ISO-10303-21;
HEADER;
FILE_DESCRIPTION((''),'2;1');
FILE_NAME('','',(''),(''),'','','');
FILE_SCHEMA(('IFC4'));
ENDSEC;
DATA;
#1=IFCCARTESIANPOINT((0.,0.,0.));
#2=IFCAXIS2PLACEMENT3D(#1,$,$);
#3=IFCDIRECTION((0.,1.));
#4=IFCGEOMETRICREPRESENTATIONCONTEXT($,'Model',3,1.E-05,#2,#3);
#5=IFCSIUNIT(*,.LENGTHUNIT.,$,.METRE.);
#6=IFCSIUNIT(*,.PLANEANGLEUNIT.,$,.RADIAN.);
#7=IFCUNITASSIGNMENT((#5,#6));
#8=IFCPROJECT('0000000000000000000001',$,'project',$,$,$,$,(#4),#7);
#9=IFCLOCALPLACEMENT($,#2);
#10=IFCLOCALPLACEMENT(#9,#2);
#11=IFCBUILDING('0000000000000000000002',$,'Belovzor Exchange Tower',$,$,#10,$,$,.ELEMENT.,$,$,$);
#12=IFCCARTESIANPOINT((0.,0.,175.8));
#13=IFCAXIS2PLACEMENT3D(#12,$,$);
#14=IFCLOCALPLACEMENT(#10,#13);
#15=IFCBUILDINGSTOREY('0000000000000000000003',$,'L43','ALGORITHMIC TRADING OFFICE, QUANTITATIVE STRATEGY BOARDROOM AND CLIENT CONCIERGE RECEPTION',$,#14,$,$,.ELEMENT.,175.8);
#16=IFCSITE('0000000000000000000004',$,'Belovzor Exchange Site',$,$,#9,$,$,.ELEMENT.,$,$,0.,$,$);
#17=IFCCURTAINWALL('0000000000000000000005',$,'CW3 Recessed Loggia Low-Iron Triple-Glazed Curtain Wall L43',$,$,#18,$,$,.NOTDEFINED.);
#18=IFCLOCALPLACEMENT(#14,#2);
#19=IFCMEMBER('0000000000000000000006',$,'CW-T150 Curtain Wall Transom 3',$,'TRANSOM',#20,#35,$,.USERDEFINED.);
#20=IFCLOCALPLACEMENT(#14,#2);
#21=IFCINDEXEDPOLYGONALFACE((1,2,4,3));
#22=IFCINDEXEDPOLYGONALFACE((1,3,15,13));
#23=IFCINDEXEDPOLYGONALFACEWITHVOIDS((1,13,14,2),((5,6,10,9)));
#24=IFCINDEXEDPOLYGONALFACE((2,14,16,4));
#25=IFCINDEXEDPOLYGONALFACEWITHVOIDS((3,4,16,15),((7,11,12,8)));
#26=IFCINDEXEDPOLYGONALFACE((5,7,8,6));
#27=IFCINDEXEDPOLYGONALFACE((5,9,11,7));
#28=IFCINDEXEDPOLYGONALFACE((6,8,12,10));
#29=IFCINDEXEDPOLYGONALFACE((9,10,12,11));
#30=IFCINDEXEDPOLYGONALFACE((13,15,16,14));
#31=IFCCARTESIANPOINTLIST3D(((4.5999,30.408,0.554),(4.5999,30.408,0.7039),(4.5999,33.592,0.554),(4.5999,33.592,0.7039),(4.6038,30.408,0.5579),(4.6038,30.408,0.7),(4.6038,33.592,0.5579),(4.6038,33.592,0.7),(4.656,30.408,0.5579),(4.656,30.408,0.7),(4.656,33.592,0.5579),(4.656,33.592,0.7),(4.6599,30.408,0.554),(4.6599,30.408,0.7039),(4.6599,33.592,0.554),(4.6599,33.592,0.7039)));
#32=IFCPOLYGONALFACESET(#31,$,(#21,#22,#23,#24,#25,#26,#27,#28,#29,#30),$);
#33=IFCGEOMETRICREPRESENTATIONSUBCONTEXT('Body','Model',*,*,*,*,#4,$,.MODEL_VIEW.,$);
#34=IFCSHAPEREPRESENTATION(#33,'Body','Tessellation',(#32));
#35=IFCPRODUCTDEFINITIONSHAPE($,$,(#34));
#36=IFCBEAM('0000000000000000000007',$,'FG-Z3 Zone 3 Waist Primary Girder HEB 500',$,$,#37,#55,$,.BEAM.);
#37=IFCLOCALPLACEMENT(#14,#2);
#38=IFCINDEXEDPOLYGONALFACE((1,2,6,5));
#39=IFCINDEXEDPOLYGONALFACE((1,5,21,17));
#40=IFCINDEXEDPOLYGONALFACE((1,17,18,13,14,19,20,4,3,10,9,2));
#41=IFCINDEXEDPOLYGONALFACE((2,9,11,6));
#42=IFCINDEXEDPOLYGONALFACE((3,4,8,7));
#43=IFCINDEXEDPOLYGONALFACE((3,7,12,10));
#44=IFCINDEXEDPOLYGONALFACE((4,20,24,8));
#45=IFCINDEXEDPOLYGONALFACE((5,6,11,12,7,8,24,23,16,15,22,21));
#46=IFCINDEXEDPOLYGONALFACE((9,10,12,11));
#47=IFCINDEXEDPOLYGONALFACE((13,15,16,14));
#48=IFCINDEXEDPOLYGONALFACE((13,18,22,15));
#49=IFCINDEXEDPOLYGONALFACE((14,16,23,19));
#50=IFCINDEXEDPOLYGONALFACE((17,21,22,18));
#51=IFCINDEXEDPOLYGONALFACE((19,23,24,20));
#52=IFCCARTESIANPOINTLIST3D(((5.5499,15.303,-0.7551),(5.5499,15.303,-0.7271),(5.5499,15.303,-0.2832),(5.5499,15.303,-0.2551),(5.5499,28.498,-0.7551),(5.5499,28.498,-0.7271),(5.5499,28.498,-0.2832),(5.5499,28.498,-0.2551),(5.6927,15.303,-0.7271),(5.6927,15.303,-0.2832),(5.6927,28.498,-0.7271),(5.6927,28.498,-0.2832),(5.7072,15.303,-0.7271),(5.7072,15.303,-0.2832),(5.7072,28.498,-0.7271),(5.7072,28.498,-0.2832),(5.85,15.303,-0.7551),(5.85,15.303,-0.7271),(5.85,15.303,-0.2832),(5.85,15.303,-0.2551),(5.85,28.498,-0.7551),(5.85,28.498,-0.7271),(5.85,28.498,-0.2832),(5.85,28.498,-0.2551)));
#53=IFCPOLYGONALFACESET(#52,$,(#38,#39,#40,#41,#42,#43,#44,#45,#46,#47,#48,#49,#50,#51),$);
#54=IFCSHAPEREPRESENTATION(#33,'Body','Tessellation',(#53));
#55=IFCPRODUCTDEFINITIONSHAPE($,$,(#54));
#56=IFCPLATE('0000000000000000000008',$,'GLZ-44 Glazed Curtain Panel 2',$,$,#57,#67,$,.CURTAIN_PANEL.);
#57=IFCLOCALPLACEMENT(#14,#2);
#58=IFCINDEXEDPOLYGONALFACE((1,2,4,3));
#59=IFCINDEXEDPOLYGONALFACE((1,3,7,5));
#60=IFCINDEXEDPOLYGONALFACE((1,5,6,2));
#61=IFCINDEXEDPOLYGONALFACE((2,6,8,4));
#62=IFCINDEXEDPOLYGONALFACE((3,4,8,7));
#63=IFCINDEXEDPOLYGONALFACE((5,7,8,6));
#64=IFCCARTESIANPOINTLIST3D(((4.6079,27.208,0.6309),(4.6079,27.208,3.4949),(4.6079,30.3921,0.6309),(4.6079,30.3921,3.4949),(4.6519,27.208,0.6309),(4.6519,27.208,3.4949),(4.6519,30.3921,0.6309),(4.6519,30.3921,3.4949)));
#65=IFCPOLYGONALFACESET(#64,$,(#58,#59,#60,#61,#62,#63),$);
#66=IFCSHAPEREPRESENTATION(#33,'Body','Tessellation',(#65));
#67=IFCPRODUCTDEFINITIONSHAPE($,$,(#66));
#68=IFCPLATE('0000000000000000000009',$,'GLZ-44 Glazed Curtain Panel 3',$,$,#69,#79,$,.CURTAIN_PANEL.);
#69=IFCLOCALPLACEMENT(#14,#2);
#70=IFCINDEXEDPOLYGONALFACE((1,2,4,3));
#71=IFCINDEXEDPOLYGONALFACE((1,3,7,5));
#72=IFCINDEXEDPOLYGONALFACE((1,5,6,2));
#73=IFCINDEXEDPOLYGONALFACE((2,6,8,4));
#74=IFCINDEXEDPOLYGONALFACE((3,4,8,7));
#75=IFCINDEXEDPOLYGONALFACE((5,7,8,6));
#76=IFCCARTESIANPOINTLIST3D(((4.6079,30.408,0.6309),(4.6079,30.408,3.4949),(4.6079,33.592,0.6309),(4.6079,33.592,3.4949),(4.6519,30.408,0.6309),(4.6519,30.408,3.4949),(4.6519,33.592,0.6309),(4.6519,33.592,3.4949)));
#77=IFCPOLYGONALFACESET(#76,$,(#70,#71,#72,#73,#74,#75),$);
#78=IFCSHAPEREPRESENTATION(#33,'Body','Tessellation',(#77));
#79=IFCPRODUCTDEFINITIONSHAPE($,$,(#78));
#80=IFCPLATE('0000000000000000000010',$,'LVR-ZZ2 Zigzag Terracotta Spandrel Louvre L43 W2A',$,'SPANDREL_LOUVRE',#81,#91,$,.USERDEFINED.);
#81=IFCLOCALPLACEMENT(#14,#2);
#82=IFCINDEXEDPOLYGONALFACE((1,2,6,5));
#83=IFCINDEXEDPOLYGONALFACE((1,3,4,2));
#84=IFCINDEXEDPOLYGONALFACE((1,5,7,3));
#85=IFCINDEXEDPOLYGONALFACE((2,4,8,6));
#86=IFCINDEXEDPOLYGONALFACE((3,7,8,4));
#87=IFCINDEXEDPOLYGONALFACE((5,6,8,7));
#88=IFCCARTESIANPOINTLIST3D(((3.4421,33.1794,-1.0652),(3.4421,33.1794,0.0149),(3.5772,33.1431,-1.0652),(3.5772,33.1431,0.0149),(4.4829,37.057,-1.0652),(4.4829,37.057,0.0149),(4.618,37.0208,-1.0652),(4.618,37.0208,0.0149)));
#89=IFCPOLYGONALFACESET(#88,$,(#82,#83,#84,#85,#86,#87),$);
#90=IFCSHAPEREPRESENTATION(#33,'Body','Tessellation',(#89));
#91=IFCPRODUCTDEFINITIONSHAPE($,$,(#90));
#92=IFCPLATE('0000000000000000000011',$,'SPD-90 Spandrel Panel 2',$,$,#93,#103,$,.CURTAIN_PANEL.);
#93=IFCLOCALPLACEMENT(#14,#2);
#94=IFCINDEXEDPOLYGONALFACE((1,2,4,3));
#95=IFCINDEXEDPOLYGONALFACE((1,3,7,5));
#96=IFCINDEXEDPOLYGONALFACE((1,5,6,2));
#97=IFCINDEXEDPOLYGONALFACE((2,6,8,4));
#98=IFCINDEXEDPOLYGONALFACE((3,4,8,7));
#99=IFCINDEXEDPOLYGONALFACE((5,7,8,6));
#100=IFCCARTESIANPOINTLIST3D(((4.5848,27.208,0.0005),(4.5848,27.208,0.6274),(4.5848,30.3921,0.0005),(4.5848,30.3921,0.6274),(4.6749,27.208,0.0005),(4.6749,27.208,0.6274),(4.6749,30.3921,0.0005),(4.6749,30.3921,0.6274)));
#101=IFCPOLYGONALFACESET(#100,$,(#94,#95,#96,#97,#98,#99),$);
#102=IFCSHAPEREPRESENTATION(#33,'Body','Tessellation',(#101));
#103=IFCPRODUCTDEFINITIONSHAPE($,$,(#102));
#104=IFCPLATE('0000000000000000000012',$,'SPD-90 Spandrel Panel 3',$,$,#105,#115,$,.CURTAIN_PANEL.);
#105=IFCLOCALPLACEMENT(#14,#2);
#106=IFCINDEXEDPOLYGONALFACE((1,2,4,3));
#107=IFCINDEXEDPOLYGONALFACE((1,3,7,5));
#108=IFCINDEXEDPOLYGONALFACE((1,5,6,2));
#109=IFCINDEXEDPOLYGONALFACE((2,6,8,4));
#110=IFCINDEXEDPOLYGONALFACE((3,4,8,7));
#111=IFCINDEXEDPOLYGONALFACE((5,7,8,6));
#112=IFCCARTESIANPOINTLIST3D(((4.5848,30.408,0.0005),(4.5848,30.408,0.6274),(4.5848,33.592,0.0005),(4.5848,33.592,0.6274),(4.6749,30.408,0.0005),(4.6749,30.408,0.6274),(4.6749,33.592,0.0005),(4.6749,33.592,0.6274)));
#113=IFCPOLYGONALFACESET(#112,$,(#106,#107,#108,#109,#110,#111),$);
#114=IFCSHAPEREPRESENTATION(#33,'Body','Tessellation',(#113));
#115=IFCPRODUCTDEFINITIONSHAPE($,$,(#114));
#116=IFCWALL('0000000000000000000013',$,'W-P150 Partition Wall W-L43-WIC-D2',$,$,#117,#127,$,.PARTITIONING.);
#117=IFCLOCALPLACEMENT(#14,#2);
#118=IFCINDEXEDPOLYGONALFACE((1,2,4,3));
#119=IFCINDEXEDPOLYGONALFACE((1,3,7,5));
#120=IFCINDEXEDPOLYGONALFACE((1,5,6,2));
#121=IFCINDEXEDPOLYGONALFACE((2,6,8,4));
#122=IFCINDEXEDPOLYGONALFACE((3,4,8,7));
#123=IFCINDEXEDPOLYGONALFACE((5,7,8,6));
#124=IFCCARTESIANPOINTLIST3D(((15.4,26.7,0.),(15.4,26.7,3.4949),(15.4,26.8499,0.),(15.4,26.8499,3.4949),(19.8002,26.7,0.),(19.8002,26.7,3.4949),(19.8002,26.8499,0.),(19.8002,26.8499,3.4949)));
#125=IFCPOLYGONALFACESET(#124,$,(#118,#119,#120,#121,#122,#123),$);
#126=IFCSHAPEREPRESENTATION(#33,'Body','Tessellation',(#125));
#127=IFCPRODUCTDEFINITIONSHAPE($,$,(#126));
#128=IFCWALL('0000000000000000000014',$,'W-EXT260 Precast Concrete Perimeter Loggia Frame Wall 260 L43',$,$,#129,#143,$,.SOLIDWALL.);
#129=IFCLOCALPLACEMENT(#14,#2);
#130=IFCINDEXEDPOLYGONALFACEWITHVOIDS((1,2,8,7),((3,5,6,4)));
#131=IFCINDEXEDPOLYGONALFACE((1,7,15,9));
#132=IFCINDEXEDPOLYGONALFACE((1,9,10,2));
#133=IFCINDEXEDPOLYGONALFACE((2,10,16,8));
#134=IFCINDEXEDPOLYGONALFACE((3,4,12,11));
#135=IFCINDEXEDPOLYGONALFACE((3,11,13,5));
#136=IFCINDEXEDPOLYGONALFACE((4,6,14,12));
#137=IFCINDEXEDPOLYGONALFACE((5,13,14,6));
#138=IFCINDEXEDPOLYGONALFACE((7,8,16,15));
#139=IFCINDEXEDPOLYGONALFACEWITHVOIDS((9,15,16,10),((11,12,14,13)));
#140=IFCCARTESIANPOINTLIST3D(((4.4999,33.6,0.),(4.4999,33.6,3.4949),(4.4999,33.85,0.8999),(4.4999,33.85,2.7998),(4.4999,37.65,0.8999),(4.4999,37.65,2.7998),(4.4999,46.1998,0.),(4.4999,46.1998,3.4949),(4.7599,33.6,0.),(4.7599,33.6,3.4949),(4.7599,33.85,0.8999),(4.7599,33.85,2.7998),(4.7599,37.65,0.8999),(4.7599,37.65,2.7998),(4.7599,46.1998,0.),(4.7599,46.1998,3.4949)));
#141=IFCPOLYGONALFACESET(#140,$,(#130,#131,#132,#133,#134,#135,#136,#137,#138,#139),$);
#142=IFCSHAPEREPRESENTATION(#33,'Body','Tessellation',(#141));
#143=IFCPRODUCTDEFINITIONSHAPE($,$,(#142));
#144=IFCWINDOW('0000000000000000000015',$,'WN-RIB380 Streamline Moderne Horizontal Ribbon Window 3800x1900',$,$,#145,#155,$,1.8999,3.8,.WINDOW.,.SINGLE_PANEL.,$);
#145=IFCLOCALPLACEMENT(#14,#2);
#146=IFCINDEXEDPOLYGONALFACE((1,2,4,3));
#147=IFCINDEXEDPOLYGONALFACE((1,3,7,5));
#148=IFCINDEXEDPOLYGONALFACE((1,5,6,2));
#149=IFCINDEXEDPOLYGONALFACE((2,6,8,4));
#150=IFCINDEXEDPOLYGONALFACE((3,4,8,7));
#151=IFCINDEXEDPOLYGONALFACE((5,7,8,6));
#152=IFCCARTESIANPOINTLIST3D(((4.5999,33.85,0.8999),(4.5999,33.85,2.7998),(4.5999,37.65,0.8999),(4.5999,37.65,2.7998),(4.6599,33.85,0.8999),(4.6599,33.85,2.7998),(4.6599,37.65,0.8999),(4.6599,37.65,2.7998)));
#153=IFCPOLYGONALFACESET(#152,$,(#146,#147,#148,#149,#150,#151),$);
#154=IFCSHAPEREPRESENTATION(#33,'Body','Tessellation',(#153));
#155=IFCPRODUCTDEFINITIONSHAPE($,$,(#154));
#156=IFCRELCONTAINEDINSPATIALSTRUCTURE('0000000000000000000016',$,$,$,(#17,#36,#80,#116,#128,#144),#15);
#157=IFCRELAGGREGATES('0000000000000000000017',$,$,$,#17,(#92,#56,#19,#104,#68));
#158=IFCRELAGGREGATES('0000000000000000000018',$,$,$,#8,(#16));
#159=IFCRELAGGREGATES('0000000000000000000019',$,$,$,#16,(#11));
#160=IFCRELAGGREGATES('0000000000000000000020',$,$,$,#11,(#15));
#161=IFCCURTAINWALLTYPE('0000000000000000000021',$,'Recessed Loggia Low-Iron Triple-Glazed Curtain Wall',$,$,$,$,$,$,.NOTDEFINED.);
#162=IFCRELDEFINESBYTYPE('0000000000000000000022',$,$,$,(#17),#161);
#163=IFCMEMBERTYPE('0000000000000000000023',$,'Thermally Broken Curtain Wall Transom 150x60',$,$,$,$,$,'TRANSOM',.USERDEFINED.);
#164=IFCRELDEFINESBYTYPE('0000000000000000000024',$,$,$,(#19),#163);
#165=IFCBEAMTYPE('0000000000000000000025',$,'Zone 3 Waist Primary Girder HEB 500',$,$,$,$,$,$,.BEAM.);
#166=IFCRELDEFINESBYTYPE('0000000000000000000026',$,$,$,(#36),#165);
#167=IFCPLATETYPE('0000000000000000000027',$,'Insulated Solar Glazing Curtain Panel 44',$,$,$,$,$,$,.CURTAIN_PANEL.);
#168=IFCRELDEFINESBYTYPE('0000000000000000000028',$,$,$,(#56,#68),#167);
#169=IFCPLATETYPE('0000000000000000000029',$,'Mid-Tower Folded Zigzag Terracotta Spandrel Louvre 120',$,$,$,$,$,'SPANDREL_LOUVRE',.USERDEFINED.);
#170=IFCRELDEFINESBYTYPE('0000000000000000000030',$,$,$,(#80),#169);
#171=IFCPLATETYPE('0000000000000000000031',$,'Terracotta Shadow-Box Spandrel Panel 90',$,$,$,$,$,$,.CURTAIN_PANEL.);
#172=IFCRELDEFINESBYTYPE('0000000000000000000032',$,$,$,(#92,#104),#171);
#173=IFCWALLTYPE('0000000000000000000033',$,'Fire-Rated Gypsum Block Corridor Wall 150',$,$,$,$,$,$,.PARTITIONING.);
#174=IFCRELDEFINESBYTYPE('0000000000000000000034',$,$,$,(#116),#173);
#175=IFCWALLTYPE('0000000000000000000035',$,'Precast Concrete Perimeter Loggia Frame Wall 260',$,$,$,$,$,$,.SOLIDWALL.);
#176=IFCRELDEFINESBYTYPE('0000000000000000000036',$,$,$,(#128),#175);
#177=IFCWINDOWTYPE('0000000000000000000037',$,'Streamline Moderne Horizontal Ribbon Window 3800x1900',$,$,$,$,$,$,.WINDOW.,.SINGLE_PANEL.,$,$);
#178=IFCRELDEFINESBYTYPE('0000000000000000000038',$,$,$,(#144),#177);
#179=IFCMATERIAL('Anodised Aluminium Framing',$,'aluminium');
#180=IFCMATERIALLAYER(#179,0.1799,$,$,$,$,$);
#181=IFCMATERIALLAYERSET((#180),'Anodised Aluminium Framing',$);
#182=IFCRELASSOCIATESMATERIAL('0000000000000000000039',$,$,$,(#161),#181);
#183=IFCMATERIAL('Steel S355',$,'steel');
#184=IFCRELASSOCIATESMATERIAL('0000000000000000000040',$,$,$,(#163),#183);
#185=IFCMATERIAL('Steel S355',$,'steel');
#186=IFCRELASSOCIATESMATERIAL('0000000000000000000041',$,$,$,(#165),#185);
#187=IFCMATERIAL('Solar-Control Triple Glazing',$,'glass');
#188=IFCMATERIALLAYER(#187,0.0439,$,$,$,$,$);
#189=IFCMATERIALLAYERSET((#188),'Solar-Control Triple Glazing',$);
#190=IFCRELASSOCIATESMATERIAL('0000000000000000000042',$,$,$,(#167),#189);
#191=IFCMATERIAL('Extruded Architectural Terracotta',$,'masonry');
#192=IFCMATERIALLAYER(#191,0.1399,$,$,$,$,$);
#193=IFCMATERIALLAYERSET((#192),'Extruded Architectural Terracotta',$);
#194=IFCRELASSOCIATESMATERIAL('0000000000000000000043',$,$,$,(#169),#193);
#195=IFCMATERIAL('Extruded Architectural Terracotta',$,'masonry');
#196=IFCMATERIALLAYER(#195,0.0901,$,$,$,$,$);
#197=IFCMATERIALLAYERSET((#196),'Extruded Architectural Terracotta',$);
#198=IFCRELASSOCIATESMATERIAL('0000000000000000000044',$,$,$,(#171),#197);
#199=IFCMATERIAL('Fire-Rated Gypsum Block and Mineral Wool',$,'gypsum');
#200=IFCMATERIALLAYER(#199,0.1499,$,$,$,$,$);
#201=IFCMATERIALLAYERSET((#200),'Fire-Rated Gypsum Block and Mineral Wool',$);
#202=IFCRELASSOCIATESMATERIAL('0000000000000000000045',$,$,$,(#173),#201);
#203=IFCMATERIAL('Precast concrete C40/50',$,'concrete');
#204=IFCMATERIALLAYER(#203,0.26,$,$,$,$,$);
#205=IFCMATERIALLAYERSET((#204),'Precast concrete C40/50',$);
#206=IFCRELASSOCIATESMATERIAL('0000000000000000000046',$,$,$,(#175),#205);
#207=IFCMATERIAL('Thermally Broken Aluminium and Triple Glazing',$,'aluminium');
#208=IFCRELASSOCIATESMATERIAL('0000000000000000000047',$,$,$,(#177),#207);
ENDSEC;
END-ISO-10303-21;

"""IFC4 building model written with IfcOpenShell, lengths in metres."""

from ifc_helpers import new_model, si_unit, direction, frame, frame_2d, origin, origin_2d, place, context, subcontext, project, spatial, rectangle, hollow_rectangle, i_section, extrude, material, layer, layer_set, material_profile, profile_set, type_object, element, fill, aggregate, save


model = new_model("IFC4")

# Units and contexts
model_context = context("Model", 3, precision=1e-05, world=origin(), true_north=direction((0.0, 1.0)))
body_context = subcontext(model_context, "Body", "Model", "MODEL_VIEW")
ifc_project = project(units=[si_unit("LENGTHUNIT", "METRE"), si_unit("PLANEANGLEUNIT", "RADIAN")], contexts=[model_context])

# Site, building, storey
site_placement = place(None, origin())
site = spatial("IfcSite", under=ifc_project, at=site_placement, Name="Belovzor Exchange Site", CompositionType="ELEMENT", RefElevation=0.0)
building_placement = place(site_placement, origin())
building = spatial("IfcBuilding", under=site, at=building_placement, Name="Belovzor Exchange Tower", CompositionType="ELEMENT")
storey_placement = place(building_placement, frame((0.0, 0.0, 175.8)))
storey = spatial("IfcBuildingStorey", under=building, at=storey_placement, Name="L43", Description="ALGORITHMIC TRADING OFFICE, QUANTITATIVE STRATEGY BOARDROOM AND CLIENT CONCIERGE RECEPTION", CompositionType="ELEMENT", Elevation=175.8)

# Curtain wall, member
ifc_material_1 = material(Name="Anodised Aluminium Framing", Category="aluminium")
ifc_layer_1 = layer(ifc_material_1, 0.1799)
ifc_layer_set_1 = layer_set([ifc_layer_1], Name="Anodised Aluminium Framing")
curtain_wall_type = type_object("IfcCurtainWallType", Name="Recessed Loggia Low-Iron Triple-Glazed Curtain Wall", PredefinedType="NOTDEFINED", material=ifc_layer_set_1)
curtain_wall_placement = place(storey_placement, origin())
curtain_wall = element("IfcCurtainWall", 1, at=curtain_wall_placement, inside=storey, type_object=curtain_wall_type, Name="CW3 Recessed Loggia Low-Iron Triple-Glazed Curtain Wall L43", PredefinedType="NOTDEFINED")
ifc_material_2 = material(Name="Steel S355", Category="steel")
ifc_material_profile_1 = material_profile(ifc_material_2, hollow_rectangle(XDim=0.0601, YDim=0.1499, WallThickness=0.0039, at=origin_2d()))
ifc_profile_set_1 = profile_set([ifc_material_profile_1], Name="Steel S355")
member_type_1 = type_object("IfcMemberType", Name="Thermally Broken Curtain Wall Transom 150x60", ElementType="TRANSOM", PredefinedType="USERDEFINED", material=ifc_profile_set_1)
member_1_placement = place(storey_placement, frame((4.6299, 30.408, 0.6289), z_axis=(0.0, 1.0, 0.0), x_axis=(-1.0, 0.0, 0.0)))
member_1 = element("IfcMember", 2, at=member_1_placement, type_object=member_type_1, Name="CW-T150 Curtain Wall Transom 3", ObjectType="TRANSOM", PredefinedType="USERDEFINED", context=body_context, shape_type="SweptSolid", body=[
    extrude(hollow_rectangle(XDim=0.0601, YDim=0.1499, WallThickness=0.0039, at=origin_2d()), origin(), (0.0, 0.0, 1.0), 3.1841),
])

# Beam
ifc_material_3 = material(Name="Steel S355", Category="steel")
ifc_material_profile_2 = material_profile(ifc_material_3, i_section(OverallWidth=0.3, OverallDepth=0.5, WebThickness=0.0144, FlangeThickness=0.0281, at=origin_2d()))
ifc_profile_set_2 = profile_set([ifc_material_profile_2], Name="Steel S355")
beam_type_1 = type_object("IfcBeamType", Name="Zone 3 Waist Primary Girder HEB 500", PredefinedType="BEAM", material=ifc_profile_set_2)
beam_1_placement = place(storey_placement, frame((5.7, 28.498, -0.5051), z_axis=(0.0, -1.0, 0.0), x_axis=(1.0, 0.0, 0.0)))
element("IfcBeam", 3, at=beam_1_placement, inside=storey, type_object=beam_type_1, Name="FG-Z3 Zone 3 Waist Primary Girder HEB 500", PredefinedType="BEAM", context=body_context, shape_type="SweptSolid", body=[
    extrude(i_section(OverallWidth=0.3, OverallDepth=0.5, WebThickness=0.0144, FlangeThickness=0.0281, at=origin_2d()), origin(), (0.0, 0.0, 1.0), 13.1951),
])

# Plates
ifc_material_4 = material(Name="Solar-Control Triple Glazing", Category="glass")
ifc_layer_2 = layer(ifc_material_4, 0.0439)
ifc_layer_set_2 = layer_set([ifc_layer_2], Name="Solar-Control Triple Glazing")
plate_type_1 = type_object("IfcPlateType", Name="Insulated Solar Glazing Curtain Panel 44", PredefinedType="CURTAIN_PANEL", material=ifc_layer_set_2)
plate_1_placement = place(storey_placement, frame((4.6299, 28.8, 0.6309), z_axis=(0.0, 0.0, 1.0), x_axis=(0.0, 1.0, 0.0)))
plate_1 = element("IfcPlate", 4, at=plate_1_placement, type_object=plate_type_1, Name="GLZ-44 Glazed Curtain Panel 2", PredefinedType="CURTAIN_PANEL", context=body_context, shape_type="SweptSolid", body=[
    extrude(rectangle(XDim=3.1841, YDim=0.0439, at=origin_2d()), origin(), (0.0, 0.0, 1.0), 2.864),
])
plate_2_placement = place(storey_placement, frame((4.6299, 32.0, 0.6309), z_axis=(0.0, 0.0, 1.0), x_axis=(0.0, 1.0, 0.0)))
plate_2 = element("IfcPlate", 5, at=plate_2_placement, type_object=plate_type_1, Name="GLZ-44 Glazed Curtain Panel 3", PredefinedType="CURTAIN_PANEL", context=body_context, shape_type="SweptSolid", body=[
    extrude(rectangle(XDim=3.1841, YDim=0.0439, at=origin_2d()), origin(), (0.0, 0.0, 1.0), 2.864),
])
ifc_material_5 = material(Name="Extruded Architectural Terracotta", Category="masonry")
ifc_layer_3 = layer(ifc_material_5, 0.1399)
ifc_layer_set_3 = layer_set([ifc_layer_3], Name="Extruded Architectural Terracotta")
plate_type_2 = type_object("IfcPlateType", Name="Mid-Tower Folded Zigzag Terracotta Spandrel Louvre 120", ElementType="SPANDREL_LOUVRE", PredefinedType="USERDEFINED", material=ifc_layer_set_3)
plate_3_placement = place(storey_placement, frame((4.03, 35.1001, -1.0652), z_axis=(0.0, 0.0, 1.0), x_axis=(0.25924, 0.965813, 0.0)))
element("IfcPlate", 6, at=plate_3_placement, inside=storey, type_object=plate_type_2, Name="LVR-ZZ2 Zigzag Terracotta Spandrel Louvre L43 W2A", ObjectType="SPANDREL_LOUVRE", PredefinedType="USERDEFINED", context=body_context, shape_type="SweptSolid", body=[
    extrude(rectangle(XDim=4.0149, YDim=0.1399, at=origin_2d()), origin(), (0.0, 0.0, 1.0), 1.0801),
])
ifc_material_6 = material(Name="Extruded Architectural Terracotta", Category="masonry")
ifc_layer_4 = layer(ifc_material_6, 0.0901)
ifc_layer_set_4 = layer_set([ifc_layer_4], Name="Extruded Architectural Terracotta")
plate_type_3 = type_object("IfcPlateType", Name="Terracotta Shadow-Box Spandrel Panel 90", PredefinedType="CURTAIN_PANEL", material=ifc_layer_set_4)
plate_4_placement = place(storey_placement, frame((4.6299, 28.8, 0.0005), z_axis=(0.0, 0.0, 1.0), x_axis=(0.0, 1.0, 0.0)))
plate_4 = element("IfcPlate", 7, at=plate_4_placement, type_object=plate_type_3, Name="SPD-90 Spandrel Panel 2", PredefinedType="CURTAIN_PANEL", context=body_context, shape_type="SweptSolid", body=[
    extrude(rectangle(XDim=3.1841, YDim=0.0901, at=origin_2d()), origin(), (0.0, 0.0, 1.0), 0.627),
])
plate_5_placement = place(storey_placement, frame((4.6299, 32.0, 0.0005), z_axis=(0.0, 0.0, 1.0), x_axis=(0.0, 1.0, 0.0)))
plate_5 = element("IfcPlate", 8, at=plate_5_placement, type_object=plate_type_3, Name="SPD-90 Spandrel Panel 3", PredefinedType="CURTAIN_PANEL", context=body_context, shape_type="SweptSolid", body=[
    extrude(rectangle(XDim=3.1841, YDim=0.0901, at=origin_2d()), origin(), (0.0, 0.0, 1.0), 0.627),
])
aggregate(curtain_wall, [plate_4, plate_1, member_1, plate_5, plate_2])

# Wall
ifc_material_7 = material(Name="Fire-Rated Gypsum Block and Mineral Wool", Category="gypsum")
ifc_layer_5 = layer(ifc_material_7, 0.1499)
ifc_layer_set_5 = layer_set([ifc_layer_5], Name="Fire-Rated Gypsum Block and Mineral Wool")
wall_type_1 = type_object("IfcWallType", Name="Fire-Rated Gypsum Block Corridor Wall 150", PredefinedType="PARTITIONING", material=ifc_layer_set_5)
wall_1_placement = place(storey_placement, frame((15.3999, 26.7749, 0.0), z_axis=(0.0, 0.0, 1.0), x_axis=(1.0, 0.0, 0.0)))
element("IfcWall", 9, at=wall_1_placement, inside=storey, type_object=wall_type_1, Name="W-P150 Partition Wall W-L43-WIC-D2", PredefinedType="PARTITIONING", context=body_context, shape_type="SweptSolid", body=[
    extrude(rectangle(XDim=4.4001, YDim=0.1499, at=frame_2d((2.2002, 0.0))), origin(), (0.0, 0.0, 1.0), 3.4949),
])

# Wall, opening, window
ifc_material_8 = material(Name="Precast concrete C40/50", Category="concrete")
ifc_layer_6 = layer(ifc_material_8, 0.26)
ifc_layer_set_6 = layer_set([ifc_layer_6], Name="Precast concrete C40/50")
wall_type_2 = type_object("IfcWallType", Name="Precast Concrete Perimeter Loggia Frame Wall 260", PredefinedType="SOLIDWALL", material=ifc_layer_set_6)
wall_2_placement = place(storey_placement, frame((4.6299, 33.6001, 0.0), z_axis=(0.0, 0.0, 1.0), x_axis=(0.0, 1.0, 0.0)))
wall_2 = element("IfcWall", 10, at=wall_2_placement, inside=storey, type_object=wall_type_2, Name="W-EXT260 Precast Concrete Perimeter Loggia Frame Wall 260 L43", PredefinedType="SOLIDWALL", context=body_context, shape_type="SweptSolid", body=[
    extrude(rectangle(XDim=12.5999, YDim=0.26, at=frame_2d((6.2998, 0.0))), origin(), (0.0, 0.0, 1.0), 3.4949),
])
opening_placement = place(wall_2_placement, frame((0.25, 0.0, 0.8999)))
opening = element("IfcOpeningElement", 11, at=opening_placement, cuts=wall_2, PredefinedType="OPENING", context=body_context, shape_type="SweptSolid", body=[
    extrude(rectangle(XDim=3.8, YDim=1.8999, at=frame_2d((1.8999, 0.95))), frame((0.0, 0.1399, 0.0), z_axis=(0.0, -1.0, 0.0), x_axis=(1.0, 0.0, 0.0)), (0.0, 0.0, 1.0), 0.28),
])
ifc_material_9 = material(Name="Thermally Broken Aluminium and Triple Glazing", Category="aluminium")
window_type = type_object("IfcWindowType", Name="Streamline Moderne Horizontal Ribbon Window 3800x1900", PartitioningType="SINGLE_PANEL", PredefinedType="WINDOW", material=ifc_material_9)
window_placement = place(opening_placement, origin())
window = element("IfcWindow", 12, at=window_placement, inside=storey, type_object=window_type, Name="WN-RIB380 Streamline Moderne Horizontal Ribbon Window 3800x1900", OverallHeight=1.8999, OverallWidth=3.8, PartitioningType="SINGLE_PANEL", PredefinedType="WINDOW", context=body_context, shape_type="SweptSolid", body=[
    extrude(rectangle(XDim=3.8, YDim=1.8999, at=frame_2d((1.8999, 0.95))), frame((0.0, 0.03, 0.0), z_axis=(0.0, -1.0, 0.0), x_axis=(1.0, 0.0, 0.0)), (0.0, 0.0, 1.0), 0.0601),
])
fill(opening, window)

save(model, "model.ifc")
